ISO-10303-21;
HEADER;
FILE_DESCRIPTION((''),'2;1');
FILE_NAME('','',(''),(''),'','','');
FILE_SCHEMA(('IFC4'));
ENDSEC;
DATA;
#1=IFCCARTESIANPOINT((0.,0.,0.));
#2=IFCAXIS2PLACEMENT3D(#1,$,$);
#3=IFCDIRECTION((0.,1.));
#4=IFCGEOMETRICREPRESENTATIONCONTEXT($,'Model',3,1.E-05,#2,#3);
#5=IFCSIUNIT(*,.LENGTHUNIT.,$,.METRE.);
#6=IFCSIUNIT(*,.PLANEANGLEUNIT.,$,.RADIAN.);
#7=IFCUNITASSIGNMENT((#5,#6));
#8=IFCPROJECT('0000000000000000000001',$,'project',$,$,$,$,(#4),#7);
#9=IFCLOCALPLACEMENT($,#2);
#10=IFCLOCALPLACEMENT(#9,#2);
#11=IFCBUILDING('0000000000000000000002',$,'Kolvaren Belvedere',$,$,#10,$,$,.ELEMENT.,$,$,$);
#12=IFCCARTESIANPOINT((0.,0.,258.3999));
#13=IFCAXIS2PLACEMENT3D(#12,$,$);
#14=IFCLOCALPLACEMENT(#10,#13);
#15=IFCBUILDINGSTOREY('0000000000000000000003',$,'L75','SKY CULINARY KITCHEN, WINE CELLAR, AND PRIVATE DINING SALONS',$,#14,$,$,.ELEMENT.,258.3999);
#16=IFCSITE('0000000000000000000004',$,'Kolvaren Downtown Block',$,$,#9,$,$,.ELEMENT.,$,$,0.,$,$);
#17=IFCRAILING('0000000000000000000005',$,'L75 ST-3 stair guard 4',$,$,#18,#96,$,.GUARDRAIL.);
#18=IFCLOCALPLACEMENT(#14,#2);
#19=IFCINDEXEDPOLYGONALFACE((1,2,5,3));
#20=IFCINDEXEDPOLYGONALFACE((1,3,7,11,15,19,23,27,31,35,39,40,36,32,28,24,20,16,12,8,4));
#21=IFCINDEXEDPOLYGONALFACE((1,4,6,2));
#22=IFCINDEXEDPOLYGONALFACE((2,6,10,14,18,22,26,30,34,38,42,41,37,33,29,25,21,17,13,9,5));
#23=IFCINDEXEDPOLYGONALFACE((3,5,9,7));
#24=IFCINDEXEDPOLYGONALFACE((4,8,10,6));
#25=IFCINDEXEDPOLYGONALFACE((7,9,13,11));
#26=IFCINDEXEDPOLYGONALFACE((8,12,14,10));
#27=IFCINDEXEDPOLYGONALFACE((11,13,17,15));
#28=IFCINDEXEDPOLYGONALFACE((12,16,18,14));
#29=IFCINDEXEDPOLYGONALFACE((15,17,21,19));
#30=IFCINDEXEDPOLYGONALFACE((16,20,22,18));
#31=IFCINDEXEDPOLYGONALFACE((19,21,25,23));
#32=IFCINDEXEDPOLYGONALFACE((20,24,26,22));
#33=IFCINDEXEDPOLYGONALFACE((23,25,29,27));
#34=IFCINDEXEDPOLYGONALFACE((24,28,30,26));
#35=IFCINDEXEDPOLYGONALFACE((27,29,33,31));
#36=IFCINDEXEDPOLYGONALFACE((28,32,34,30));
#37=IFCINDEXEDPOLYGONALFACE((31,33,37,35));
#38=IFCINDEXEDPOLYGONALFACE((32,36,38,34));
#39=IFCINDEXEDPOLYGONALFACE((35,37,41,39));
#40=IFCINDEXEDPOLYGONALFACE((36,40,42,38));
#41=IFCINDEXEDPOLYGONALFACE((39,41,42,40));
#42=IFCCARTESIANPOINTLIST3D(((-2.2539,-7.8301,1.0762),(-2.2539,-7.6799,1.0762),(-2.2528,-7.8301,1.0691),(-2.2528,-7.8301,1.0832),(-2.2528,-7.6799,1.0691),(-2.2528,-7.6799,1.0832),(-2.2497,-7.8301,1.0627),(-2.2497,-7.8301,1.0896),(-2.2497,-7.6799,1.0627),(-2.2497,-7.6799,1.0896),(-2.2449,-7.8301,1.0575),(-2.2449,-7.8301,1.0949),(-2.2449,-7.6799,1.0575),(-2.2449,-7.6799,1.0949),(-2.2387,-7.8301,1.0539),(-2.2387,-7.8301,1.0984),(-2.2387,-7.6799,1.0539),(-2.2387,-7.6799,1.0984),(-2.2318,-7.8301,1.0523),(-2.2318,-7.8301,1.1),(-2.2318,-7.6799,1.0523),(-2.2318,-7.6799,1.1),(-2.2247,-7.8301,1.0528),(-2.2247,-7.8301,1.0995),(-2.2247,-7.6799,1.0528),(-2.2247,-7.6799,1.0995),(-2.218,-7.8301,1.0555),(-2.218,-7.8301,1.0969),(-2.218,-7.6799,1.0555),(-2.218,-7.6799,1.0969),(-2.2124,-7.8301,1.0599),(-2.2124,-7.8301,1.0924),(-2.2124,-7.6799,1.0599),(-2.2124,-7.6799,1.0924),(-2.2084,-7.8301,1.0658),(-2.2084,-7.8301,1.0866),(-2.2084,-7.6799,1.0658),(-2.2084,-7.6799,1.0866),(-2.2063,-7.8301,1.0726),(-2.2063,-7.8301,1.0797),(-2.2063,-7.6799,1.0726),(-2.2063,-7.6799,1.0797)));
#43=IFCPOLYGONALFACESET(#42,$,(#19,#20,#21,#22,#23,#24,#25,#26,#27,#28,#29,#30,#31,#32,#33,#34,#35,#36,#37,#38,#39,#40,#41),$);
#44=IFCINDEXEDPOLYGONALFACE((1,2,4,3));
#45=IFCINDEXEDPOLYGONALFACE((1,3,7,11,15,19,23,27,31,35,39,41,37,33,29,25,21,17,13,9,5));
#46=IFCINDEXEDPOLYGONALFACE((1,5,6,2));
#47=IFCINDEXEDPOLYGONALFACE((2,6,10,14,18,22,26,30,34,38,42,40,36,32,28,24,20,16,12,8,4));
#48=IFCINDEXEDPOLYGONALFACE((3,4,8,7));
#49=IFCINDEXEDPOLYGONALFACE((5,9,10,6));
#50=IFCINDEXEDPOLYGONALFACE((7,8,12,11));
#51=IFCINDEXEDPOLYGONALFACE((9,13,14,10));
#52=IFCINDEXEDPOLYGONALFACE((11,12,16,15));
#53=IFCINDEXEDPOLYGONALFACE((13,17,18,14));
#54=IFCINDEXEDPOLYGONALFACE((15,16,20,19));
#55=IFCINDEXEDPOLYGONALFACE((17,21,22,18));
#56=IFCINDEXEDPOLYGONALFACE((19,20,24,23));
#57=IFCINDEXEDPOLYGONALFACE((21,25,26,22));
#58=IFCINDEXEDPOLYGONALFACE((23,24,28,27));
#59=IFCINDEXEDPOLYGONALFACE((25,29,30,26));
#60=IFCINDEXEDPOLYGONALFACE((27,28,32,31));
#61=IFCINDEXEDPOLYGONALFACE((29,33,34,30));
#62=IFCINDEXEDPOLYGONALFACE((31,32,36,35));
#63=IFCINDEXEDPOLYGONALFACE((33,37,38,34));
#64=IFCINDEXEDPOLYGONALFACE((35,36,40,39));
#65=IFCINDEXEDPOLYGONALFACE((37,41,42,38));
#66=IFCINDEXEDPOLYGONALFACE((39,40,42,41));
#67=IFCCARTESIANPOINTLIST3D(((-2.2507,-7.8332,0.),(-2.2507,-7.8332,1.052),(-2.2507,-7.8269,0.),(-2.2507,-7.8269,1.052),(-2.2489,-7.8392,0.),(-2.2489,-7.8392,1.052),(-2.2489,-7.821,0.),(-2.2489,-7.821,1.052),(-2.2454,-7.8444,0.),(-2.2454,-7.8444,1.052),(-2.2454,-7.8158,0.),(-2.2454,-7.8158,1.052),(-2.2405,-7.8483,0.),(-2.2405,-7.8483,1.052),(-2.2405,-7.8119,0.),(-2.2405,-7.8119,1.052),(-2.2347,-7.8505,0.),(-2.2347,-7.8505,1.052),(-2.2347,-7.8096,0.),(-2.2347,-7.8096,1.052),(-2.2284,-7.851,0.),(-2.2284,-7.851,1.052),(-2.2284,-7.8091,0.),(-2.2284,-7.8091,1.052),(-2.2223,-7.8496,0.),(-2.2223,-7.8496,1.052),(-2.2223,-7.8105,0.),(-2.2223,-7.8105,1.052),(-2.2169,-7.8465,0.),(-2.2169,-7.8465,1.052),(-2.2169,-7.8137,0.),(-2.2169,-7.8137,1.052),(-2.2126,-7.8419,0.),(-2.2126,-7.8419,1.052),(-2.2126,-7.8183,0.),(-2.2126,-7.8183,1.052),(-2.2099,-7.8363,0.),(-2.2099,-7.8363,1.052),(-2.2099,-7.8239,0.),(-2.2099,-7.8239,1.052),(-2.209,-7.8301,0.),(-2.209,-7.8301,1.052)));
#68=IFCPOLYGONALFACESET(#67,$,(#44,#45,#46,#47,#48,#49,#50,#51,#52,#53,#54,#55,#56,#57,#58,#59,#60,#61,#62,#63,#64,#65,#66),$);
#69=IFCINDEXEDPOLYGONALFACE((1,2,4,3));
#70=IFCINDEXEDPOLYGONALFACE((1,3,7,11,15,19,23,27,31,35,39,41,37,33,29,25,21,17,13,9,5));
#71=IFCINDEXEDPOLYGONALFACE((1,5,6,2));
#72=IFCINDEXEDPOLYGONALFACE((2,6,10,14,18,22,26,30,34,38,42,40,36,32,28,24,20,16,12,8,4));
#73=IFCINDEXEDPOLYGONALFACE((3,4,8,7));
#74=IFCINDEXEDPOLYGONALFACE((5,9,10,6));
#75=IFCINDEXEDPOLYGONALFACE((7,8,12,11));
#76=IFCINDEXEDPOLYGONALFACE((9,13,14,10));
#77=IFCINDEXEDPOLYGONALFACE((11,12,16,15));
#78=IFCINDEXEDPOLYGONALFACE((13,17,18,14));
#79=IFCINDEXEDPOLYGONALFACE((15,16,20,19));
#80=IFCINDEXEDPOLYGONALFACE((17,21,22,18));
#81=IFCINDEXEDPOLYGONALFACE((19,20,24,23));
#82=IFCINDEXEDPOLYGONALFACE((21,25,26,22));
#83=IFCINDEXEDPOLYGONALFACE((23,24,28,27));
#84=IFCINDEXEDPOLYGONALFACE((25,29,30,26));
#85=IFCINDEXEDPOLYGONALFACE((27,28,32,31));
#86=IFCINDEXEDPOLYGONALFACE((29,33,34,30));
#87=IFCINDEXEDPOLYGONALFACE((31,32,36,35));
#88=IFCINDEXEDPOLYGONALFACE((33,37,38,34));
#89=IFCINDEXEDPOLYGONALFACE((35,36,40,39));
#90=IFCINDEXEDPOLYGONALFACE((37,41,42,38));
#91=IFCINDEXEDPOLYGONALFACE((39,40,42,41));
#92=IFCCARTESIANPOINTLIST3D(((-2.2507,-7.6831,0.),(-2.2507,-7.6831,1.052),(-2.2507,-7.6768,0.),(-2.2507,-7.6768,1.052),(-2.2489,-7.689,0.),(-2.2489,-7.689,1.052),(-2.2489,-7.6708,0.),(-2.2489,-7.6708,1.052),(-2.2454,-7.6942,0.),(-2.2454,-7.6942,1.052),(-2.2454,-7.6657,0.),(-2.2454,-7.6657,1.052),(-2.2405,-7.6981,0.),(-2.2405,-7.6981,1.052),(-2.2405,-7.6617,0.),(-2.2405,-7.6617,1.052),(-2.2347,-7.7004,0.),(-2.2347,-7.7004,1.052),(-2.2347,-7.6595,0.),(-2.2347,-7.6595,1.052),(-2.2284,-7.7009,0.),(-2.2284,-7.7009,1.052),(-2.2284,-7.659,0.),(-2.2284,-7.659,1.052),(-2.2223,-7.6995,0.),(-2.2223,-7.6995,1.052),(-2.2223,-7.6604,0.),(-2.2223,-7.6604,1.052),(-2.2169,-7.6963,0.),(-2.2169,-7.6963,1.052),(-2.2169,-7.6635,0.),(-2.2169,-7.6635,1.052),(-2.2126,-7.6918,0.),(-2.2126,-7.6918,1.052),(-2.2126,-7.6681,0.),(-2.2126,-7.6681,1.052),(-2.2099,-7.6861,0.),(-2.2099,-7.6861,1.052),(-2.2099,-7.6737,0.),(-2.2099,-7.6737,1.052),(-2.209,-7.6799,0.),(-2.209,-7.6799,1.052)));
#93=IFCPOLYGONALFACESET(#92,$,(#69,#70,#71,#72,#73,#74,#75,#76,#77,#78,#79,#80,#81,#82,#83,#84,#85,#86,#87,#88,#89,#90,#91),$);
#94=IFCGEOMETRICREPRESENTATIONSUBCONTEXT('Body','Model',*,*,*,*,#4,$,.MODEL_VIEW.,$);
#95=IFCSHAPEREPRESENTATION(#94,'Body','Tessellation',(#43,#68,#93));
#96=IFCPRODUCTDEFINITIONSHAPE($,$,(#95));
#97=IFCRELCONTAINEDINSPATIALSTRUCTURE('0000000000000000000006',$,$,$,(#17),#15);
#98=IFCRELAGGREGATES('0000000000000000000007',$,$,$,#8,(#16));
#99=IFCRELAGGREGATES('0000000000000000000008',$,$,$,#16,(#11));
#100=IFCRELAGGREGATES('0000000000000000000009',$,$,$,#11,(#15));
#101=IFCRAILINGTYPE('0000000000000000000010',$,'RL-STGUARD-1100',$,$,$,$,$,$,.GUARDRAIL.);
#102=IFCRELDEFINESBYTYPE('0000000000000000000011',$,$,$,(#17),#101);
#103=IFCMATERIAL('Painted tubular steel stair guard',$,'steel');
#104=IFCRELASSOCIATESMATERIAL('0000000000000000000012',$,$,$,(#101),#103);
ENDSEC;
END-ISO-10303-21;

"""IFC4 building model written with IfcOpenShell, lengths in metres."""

from ifc_helpers import new_model, si_unit, direction, frame, origin, origin_2d, place, context, subcontext, project, spatial, circle, extrude, material, type_object, element, save


model = new_model("IFC4")

# Units and contexts
model_context = context("Model", 3, precision=1e-05, world=origin(), true_north=direction((0.0, 1.0)))
body_context = subcontext(model_context, "Body", "Model", "MODEL_VIEW")
ifc_project = project(units=[si_unit("LENGTHUNIT", "METRE"), si_unit("PLANEANGLEUNIT", "RADIAN")], contexts=[model_context])

# Site, building, storey
site_placement = place(None, origin())
site = spatial("IfcSite", under=ifc_project, at=site_placement, Name="Kolvaren Downtown Block", CompositionType="ELEMENT", RefElevation=0.0)
building_placement = place(site_placement, origin())
building = spatial("IfcBuilding", under=site, at=building_placement, Name="Kolvaren Belvedere", CompositionType="ELEMENT")
storey_placement = place(building_placement, frame((0.0, 0.0, 258.3999)))
storey = spatial("IfcBuildingStorey", under=building, at=storey_placement, Name="L75", Description="SKY CULINARY KITCHEN, WINE CELLAR, AND PRIVATE DINING SALONS", CompositionType="ELEMENT", Elevation=258.3999)

# Railing
ifc_material_1 = material(Name="Painted tubular steel stair guard", Category="steel")
railing_type_1 = type_object("IfcRailingType", Name="RL-STGUARD-1100", PredefinedType="GUARDRAIL", material=ifc_material_1)
railing_1_placement = place(storey_placement, frame((-2.23, -7.8301, 0.0)))
element("IfcRailing", 1, at=railing_1_placement, inside=storey, type_object=railing_type_1, Name="L75 ST-3 stair guard 4", PredefinedType="GUARDRAIL", context=body_context, shape_type="SweptSolid", body=[
    extrude(circle(Radius=0.0239, at=origin_2d()), frame((0.0, 0.0, 1.0762), z_axis=(0.0, 1.0, 0.0), x_axis=(-1.0, 0.0, 0.0)), (0.0, 0.0, 1.0), 0.1501),
    extrude(circle(Radius=0.021, at=origin_2d()), origin(), (0.0, 0.0, 1.0), 1.052),
    extrude(circle(Radius=0.021, at=origin_2d()), frame((0.0, 0.1501, 0.0)), (0.0, 0.0, 1.0), 1.052),
])

save(model, "model.ifc")
